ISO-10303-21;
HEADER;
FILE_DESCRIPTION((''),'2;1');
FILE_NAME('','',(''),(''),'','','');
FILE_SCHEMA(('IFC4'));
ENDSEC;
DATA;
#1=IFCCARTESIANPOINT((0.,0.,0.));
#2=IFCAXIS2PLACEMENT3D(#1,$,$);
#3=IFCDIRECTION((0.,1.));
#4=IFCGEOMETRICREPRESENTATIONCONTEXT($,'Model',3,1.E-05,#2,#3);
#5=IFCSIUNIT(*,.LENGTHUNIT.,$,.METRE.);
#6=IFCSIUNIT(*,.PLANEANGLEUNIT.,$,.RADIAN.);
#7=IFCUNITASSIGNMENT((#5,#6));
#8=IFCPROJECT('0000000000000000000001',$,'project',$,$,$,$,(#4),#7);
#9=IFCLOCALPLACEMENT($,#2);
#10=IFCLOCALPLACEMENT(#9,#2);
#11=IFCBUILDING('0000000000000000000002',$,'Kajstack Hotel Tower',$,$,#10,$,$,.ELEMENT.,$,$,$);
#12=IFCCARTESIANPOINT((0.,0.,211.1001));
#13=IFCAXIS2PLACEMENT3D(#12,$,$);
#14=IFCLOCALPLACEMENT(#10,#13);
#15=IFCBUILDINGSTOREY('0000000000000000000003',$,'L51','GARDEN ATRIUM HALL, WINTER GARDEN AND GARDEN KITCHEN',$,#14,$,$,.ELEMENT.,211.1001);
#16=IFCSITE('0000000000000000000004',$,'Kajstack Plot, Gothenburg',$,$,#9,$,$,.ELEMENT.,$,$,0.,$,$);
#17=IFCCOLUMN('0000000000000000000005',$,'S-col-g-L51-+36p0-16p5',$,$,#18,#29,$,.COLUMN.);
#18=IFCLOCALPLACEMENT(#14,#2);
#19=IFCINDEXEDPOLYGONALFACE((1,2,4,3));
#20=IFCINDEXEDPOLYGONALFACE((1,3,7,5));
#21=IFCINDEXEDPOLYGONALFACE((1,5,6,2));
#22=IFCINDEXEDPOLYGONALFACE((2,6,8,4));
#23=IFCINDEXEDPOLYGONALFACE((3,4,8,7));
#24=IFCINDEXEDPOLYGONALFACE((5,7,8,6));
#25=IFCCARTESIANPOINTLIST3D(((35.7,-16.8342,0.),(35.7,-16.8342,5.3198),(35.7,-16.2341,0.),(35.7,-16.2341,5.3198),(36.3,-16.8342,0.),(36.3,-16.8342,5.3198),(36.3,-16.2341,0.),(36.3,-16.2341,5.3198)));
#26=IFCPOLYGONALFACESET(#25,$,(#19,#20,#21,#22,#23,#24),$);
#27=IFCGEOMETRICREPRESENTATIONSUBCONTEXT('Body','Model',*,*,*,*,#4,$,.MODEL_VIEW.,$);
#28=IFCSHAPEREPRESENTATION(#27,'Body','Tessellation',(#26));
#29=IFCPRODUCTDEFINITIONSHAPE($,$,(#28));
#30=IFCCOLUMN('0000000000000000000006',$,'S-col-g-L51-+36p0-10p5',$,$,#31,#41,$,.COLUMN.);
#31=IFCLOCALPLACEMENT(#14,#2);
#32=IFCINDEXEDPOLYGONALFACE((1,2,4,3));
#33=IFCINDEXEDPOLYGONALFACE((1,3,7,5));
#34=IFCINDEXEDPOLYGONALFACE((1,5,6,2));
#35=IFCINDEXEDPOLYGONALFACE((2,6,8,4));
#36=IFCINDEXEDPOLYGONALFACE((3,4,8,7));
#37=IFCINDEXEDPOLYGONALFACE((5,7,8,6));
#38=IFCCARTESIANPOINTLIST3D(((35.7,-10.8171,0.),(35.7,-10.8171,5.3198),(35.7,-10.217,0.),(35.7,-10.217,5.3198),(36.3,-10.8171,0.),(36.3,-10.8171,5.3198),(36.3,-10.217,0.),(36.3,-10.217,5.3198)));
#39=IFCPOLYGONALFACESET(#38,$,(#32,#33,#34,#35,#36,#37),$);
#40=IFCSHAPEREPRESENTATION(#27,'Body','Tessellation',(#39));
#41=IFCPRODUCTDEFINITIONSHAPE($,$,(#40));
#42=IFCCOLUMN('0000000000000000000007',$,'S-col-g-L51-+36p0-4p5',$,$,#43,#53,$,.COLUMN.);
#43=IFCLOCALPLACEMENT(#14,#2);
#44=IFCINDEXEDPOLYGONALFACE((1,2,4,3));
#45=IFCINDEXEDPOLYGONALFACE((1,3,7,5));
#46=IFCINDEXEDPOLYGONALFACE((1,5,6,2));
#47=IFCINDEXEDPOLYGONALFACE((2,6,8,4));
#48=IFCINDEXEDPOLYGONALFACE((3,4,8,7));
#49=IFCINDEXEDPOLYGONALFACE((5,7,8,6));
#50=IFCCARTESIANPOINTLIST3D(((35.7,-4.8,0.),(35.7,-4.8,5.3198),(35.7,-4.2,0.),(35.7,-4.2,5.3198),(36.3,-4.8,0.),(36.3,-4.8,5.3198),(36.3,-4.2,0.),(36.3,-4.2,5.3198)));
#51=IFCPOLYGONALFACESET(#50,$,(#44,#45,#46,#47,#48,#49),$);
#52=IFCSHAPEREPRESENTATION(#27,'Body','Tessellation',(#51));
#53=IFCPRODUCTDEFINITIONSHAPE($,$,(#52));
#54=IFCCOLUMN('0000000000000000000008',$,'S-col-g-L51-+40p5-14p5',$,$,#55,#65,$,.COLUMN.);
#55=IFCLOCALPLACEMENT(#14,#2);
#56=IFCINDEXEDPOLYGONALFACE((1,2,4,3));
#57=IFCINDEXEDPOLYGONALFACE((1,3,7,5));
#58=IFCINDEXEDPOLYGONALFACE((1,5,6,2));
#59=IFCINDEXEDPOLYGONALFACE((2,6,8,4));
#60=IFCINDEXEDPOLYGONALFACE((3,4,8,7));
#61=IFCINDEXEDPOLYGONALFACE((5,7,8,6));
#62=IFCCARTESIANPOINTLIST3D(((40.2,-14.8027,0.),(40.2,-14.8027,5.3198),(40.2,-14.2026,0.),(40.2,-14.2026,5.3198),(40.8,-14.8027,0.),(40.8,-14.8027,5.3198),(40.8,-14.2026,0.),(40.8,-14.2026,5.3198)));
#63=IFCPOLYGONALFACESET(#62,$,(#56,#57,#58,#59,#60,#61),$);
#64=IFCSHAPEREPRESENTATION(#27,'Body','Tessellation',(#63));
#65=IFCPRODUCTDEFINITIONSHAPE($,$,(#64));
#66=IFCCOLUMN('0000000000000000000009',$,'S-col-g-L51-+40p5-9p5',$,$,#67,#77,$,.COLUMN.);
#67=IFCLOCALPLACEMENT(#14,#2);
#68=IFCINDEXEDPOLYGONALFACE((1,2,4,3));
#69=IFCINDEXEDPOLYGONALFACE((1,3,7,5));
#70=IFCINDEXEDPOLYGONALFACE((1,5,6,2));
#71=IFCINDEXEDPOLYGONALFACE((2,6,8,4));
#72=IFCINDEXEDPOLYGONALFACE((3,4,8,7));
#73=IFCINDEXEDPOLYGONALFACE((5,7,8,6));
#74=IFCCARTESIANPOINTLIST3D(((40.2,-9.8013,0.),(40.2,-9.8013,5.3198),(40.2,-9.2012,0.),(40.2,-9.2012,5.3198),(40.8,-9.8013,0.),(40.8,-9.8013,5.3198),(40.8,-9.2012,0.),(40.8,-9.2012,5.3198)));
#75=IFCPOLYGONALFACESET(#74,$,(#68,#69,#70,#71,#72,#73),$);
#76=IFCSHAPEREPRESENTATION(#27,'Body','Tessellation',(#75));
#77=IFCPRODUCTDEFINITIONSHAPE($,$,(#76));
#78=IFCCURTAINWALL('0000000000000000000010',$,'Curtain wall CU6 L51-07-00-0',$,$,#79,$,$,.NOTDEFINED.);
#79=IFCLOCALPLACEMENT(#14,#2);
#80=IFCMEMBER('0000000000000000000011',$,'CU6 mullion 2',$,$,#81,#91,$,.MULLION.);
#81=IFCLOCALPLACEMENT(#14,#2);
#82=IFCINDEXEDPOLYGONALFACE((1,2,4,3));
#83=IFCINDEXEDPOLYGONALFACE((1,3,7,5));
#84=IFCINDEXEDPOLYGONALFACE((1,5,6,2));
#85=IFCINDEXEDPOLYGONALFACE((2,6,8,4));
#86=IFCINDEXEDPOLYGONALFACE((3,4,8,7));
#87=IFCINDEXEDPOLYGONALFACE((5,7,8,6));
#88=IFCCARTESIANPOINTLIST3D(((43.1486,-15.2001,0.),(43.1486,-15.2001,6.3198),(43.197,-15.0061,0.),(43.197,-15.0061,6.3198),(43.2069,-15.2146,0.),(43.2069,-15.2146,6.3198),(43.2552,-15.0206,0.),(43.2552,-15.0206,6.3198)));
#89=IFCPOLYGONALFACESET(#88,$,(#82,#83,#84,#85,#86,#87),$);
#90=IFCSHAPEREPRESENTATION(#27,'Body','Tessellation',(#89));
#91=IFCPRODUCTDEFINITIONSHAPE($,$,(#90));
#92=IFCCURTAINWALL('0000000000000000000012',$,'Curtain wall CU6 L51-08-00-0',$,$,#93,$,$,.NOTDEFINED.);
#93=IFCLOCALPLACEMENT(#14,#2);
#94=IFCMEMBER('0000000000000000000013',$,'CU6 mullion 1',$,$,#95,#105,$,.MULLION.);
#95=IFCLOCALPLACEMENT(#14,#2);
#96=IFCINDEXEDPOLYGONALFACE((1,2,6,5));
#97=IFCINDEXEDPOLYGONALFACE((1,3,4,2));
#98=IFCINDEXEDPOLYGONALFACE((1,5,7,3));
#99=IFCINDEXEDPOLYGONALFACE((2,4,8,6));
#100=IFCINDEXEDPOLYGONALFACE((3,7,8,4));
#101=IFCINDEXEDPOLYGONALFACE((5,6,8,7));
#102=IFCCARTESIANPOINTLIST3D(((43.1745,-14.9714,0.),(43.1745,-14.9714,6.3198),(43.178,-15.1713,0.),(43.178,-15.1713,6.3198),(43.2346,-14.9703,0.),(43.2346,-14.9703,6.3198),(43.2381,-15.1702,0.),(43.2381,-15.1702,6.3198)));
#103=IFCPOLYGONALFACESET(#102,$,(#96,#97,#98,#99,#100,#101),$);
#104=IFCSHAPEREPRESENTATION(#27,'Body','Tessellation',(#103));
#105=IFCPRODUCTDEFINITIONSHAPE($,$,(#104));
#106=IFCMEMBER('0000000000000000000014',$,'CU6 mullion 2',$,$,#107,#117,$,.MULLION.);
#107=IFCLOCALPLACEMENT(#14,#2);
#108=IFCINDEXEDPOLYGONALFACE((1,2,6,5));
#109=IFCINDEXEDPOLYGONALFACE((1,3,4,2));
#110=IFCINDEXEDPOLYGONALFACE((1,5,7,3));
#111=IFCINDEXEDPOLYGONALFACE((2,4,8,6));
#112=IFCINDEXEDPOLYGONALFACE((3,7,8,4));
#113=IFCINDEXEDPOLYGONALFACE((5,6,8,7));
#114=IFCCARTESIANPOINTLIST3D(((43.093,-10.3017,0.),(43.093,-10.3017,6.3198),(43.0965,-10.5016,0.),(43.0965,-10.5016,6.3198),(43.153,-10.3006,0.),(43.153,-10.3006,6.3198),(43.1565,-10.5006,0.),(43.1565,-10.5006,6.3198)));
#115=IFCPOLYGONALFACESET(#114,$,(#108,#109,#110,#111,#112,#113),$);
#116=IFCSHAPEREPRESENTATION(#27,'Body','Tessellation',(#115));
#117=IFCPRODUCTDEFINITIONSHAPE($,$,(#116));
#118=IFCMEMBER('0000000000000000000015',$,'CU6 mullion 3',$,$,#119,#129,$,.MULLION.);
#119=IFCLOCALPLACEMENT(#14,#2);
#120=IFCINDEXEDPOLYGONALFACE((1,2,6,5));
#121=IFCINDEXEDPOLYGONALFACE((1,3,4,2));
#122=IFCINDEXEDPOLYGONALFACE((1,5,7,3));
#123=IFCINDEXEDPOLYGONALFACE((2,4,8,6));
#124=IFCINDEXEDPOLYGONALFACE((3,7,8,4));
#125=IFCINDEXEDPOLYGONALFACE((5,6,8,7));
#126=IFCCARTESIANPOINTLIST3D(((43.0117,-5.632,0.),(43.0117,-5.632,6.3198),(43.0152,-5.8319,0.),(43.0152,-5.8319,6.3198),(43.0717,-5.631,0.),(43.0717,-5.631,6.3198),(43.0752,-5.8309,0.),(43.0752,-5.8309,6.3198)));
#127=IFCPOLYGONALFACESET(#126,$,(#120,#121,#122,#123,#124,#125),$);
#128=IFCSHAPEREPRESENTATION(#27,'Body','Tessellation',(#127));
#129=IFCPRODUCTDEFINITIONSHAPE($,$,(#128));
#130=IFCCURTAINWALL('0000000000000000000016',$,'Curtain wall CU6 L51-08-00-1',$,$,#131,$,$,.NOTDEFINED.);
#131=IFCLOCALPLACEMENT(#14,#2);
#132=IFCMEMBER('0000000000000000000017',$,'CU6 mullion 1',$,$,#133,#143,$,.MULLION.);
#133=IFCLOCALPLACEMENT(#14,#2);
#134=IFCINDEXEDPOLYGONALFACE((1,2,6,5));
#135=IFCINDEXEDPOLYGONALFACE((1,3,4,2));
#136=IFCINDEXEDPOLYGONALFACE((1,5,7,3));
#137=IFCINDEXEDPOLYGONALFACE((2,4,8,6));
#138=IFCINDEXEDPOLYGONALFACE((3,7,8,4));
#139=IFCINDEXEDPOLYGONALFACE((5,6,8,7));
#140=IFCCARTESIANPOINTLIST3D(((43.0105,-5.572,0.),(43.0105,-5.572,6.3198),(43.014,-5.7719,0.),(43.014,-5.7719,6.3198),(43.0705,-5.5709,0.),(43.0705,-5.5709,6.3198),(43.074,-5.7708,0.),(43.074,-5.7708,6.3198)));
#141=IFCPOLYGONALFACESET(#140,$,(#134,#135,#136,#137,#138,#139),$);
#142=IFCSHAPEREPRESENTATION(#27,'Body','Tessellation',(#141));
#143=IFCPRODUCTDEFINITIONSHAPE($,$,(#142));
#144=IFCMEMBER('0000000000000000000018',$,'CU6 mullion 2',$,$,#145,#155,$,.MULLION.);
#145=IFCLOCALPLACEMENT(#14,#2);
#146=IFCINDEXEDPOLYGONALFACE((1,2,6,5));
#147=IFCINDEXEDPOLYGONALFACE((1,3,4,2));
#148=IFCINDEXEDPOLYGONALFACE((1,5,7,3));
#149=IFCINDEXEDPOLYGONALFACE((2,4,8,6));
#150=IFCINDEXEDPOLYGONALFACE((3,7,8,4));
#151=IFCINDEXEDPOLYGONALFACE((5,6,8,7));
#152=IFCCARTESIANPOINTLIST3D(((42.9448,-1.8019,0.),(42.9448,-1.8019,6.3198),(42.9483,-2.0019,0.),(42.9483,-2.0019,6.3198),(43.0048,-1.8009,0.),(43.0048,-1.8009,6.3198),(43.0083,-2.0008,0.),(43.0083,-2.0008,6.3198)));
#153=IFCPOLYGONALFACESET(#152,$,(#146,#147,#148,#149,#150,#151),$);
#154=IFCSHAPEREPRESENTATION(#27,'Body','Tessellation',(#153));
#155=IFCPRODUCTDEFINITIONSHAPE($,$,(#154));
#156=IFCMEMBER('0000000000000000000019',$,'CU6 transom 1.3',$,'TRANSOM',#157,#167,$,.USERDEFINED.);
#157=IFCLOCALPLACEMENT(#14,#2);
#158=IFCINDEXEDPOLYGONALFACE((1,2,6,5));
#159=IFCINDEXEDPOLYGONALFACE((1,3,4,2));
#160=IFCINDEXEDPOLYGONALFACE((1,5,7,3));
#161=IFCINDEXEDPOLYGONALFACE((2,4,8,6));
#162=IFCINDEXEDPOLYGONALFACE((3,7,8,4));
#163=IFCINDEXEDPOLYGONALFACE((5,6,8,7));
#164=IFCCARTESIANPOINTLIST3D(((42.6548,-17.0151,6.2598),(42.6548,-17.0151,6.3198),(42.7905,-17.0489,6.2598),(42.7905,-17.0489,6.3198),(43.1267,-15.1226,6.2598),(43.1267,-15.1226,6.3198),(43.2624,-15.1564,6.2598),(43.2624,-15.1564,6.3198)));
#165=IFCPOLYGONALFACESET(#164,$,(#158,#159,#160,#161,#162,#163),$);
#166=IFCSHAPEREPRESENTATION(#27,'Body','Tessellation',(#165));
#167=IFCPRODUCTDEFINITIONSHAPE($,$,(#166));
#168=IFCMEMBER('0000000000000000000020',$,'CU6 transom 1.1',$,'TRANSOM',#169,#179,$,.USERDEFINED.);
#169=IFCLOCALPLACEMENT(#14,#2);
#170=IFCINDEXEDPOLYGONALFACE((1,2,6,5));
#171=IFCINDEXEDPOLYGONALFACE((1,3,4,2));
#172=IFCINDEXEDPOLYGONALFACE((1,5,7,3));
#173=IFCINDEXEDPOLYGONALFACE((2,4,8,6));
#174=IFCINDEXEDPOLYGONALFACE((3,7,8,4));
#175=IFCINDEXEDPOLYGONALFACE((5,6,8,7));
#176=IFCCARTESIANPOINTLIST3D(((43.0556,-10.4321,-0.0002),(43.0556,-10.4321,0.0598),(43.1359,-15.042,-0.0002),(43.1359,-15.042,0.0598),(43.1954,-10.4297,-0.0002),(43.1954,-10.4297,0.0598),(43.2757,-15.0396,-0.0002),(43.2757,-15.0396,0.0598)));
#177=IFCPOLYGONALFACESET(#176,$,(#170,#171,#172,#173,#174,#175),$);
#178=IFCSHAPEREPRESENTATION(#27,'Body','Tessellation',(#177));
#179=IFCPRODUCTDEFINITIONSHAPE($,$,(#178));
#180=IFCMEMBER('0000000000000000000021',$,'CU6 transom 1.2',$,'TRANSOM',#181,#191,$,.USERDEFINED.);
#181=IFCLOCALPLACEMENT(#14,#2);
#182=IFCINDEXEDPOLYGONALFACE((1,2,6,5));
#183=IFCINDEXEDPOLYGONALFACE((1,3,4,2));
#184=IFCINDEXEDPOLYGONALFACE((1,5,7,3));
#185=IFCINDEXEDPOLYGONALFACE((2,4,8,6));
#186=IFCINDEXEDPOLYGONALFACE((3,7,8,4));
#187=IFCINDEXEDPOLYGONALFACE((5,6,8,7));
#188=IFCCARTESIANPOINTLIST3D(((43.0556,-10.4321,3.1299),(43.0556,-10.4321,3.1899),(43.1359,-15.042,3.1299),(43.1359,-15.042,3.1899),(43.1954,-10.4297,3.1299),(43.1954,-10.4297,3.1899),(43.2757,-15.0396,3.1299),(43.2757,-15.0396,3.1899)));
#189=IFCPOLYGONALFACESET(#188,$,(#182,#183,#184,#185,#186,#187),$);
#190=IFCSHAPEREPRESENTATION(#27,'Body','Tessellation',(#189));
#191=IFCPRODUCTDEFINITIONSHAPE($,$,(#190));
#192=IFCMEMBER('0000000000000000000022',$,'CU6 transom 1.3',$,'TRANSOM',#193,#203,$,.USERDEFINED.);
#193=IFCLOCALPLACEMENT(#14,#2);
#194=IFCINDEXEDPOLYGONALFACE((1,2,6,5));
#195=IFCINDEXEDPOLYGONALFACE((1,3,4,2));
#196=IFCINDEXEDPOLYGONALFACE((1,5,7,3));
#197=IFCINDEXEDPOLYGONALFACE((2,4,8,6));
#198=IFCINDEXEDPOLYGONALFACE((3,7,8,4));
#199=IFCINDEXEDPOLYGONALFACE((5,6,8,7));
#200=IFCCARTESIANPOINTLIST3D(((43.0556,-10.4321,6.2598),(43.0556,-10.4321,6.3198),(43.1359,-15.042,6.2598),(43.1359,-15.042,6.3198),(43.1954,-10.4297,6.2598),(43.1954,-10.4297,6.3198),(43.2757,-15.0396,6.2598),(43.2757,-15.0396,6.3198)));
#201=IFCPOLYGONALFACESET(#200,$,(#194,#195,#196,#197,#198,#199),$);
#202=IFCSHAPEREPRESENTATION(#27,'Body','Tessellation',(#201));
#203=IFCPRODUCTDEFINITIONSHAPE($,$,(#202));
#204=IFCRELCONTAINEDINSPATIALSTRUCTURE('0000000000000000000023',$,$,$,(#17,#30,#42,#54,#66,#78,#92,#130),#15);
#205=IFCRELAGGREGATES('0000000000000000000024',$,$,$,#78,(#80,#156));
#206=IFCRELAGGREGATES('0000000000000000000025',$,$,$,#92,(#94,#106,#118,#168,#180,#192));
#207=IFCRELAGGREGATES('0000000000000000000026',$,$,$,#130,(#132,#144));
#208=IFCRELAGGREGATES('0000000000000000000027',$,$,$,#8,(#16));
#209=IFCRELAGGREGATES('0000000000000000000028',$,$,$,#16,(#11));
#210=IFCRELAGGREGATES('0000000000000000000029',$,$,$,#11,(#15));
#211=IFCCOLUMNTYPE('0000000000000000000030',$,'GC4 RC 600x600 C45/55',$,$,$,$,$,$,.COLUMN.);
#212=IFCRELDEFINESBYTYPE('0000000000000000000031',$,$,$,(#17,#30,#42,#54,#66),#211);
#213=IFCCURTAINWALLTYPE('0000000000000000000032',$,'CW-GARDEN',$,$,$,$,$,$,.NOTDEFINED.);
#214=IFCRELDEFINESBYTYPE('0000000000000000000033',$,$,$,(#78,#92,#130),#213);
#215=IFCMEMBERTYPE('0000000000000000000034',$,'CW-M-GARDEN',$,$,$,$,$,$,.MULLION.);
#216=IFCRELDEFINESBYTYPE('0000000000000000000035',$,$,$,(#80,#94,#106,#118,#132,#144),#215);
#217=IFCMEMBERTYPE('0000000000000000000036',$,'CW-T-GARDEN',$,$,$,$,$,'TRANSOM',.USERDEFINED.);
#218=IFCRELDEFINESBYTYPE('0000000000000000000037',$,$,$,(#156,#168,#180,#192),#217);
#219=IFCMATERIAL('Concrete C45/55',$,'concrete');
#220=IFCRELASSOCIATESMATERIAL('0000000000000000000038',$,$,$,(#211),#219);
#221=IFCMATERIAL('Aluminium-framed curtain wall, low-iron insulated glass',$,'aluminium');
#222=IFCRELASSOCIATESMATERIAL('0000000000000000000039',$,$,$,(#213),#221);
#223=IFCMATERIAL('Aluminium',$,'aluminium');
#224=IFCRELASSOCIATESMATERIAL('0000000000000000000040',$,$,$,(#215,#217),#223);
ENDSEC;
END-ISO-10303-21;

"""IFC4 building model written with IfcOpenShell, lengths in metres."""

from ifc_helpers import new_model, si_unit, direction, frame, origin, origin_2d, place, context, subcontext, project, spatial, rectangle, extrude, material, material_profile, profile_set, type_object, element, aggregate, save


model = new_model("IFC4")

# Units and contexts
model_context = context("Model", 3, precision=1e-05, world=origin(), true_north=direction((0.0, 1.0)))
body_context = subcontext(model_context, "Body", "Model", "MODEL_VIEW")
ifc_project = project(units=[si_unit("LENGTHUNIT", "METRE"), si_unit("PLANEANGLEUNIT", "RADIAN")], contexts=[model_context])

# Site, building, storey
site_placement = place(None, origin())
site = spatial("IfcSite", under=ifc_project, at=site_placement, Name="Kajstack Plot, Gothenburg", CompositionType="ELEMENT", RefElevation=0.0)
building_placement = place(site_placement, origin())
building = spatial("IfcBuilding", under=site, at=building_placement, Name="Kajstack Hotel Tower", CompositionType="ELEMENT")
storey_placement = place(building_placement, frame((0.0, 0.0, 211.1001)))
storey = spatial("IfcBuildingStorey", under=building, at=storey_placement, Name="L51", Description="GARDEN ATRIUM HALL, WINTER GARDEN AND GARDEN KITCHEN", CompositionType="ELEMENT", Elevation=211.1001)

# Columns
ifc_material_1 = material(Name="Concrete C45/55", Category="concrete")
ifc_material_profile_1 = material_profile(ifc_material_1, rectangle(XDim=0.6001, YDim=0.6001, at=origin_2d()), Name="RC 600x600")
ifc_profile_set_1 = profile_set([ifc_material_profile_1], Name="Concrete C45/55")
column_type = type_object("IfcColumnType", Name="GC4 RC 600x600 C45/55", PredefinedType="COLUMN", material=ifc_profile_set_1)
for number, where, z_axis, x_axis, name in (
    (1, (36.0, -16.5342, 0.0), (0.0, 0.0, 1.0), (1.0, 0.0, 0.0), "S-col-g-L51-+36p0-16p5"),
    (2, (36.0, -10.5171, 0.0), (0.0, 0.0, 1.0), (1.0, 0.0, 0.0), "S-col-g-L51-+36p0-10p5"),
    (3, (36.0, -4.5, 0.0), (0.0, 0.0, 1.0), (1.0, 0.0, 0.0), "S-col-g-L51-+36p0-4p5"),
    (4, (40.5, -14.5027, 0.0), (0.0, 0.0, 1.0), (1.0, 0.0, 0.0), "S-col-g-L51-+40p5-14p5"),
    (5, (40.5, -9.5012, 0.0), (0.0, 0.0, 1.0), (1.0, 0.0, 0.0), "S-col-g-L51-+40p5-9p5"),
):
    element("IfcColumn", number, at=place(storey_placement, frame(where, z_axis=z_axis, x_axis=x_axis)), inside=storey, type_object=column_type, Name=name, PredefinedType="COLUMN", context=body_context, shape_type="SweptSolid", body=[
        extrude(rectangle(XDim=0.6001, YDim=0.6001, at=origin_2d()), origin(), (0.0, 0.0, 1.0), 5.3198),
    ])

# Curtain wall, member
ifc_material_2 = material(Name="Aluminium-framed curtain wall, low-iron insulated glass", Category="aluminium")
curtain_wall_type = type_object("IfcCurtainWallType", Name="CW-GARDEN", PredefinedType="NOTDEFINED", material=ifc_material_2)
curtain_wall_1_placement = place(storey_placement, origin())
curtain_wall_1 = element("IfcCurtainWall", 6, at=curtain_wall_1_placement, inside=storey, type_object=curtain_wall_type, Name="Curtain wall CU6 L51-07-00-0", PredefinedType="NOTDEFINED")
ifc_material_3 = material(Name="Aluminium", Category="aluminium")
ifc_material_profile_2 = material_profile(ifc_material_3, rectangle(XDim=0.0601, YDim=0.2, at=origin_2d()), Name="Aluminium mullion 60 x 200")
ifc_profile_set_2 = profile_set([ifc_material_profile_2], Name="Aluminium")
member_type_1 = type_object("IfcMemberType", Name="CW-M-GARDEN", PredefinedType="MULLION", material=ifc_profile_set_2)
member_1_placement = place(storey_placement, frame((43.2019, -15.1104, 0.0), z_axis=(0.0, 0.0, 1.0), x_axis=(-0.970296, 0.241922, 0.0)))
member_1 = element("IfcMember", 7, at=member_1_placement, type_object=member_type_1, Name="CU6 mullion 2", PredefinedType="MULLION", context=body_context, shape_type="SweptSolid", body=[
    extrude(rectangle(XDim=0.0601, YDim=0.2, at=origin_2d()), origin(), (0.0, 0.0, 1.0), 6.3198),
])

# Curtain walls, members
curtain_wall_2_placement = place(storey_placement, origin())
curtain_wall_2 = element("IfcCurtainWall", 8, at=curtain_wall_2_placement, inside=storey, type_object=curtain_wall_type, Name="Curtain wall CU6 L51-08-00-0", PredefinedType="NOTDEFINED")
member_2_placement = place(storey_placement, frame((43.2063, -15.0708, 0.0), z_axis=(0.0, 0.0, 1.0), x_axis=(-0.999848, -0.017454, 0.0)))
member_2 = element("IfcMember", 9, at=member_2_placement, type_object=member_type_1, Name="CU6 mullion 1", PredefinedType="MULLION", context=body_context, shape_type="SweptSolid", body=[
    extrude(rectangle(XDim=0.0601, YDim=0.2, at=origin_2d()), origin(), (0.0, 0.0, 1.0), 6.3198),
])
member_3_placement = place(storey_placement, frame((43.1248, -10.4011, 0.0), z_axis=(0.0, 0.0, 1.0), x_axis=(-0.999848, -0.017454, 0.0)))
member_3 = element("IfcMember", 10, at=member_3_placement, type_object=member_type_1, Name="CU6 mullion 2", PredefinedType="MULLION", context=body_context, shape_type="SweptSolid", body=[
    extrude(rectangle(XDim=0.0601, YDim=0.2, at=origin_2d()), origin(), (0.0, 0.0, 1.0), 6.3198),
])
member_4_placement = place(storey_placement, frame((43.0435, -5.7314, 0.0), z_axis=(0.0, 0.0, 1.0), x_axis=(-0.999848, -0.017454, 0.0)))
member_4 = element("IfcMember", 11, at=member_4_placement, type_object=member_type_1, Name="CU6 mullion 3", PredefinedType="MULLION", context=body_context, shape_type="SweptSolid", body=[
    extrude(rectangle(XDim=0.0601, YDim=0.2, at=origin_2d()), origin(), (0.0, 0.0, 1.0), 6.3198),
])
curtain_wall_3_placement = place(storey_placement, origin())
curtain_wall_3 = element("IfcCurtainWall", 12, at=curtain_wall_3_placement, inside=storey, type_object=curtain_wall_type, Name="Curtain wall CU6 L51-08-00-1", PredefinedType="NOTDEFINED")
member_5_placement = place(storey_placement, frame((43.0422, -5.6714, 0.0), z_axis=(0.0, 0.0, 1.0), x_axis=(-0.999848, -0.017455, 0.0)))
member_5 = element("IfcMember", 13, at=member_5_placement, type_object=member_type_1, Name="CU6 mullion 1", PredefinedType="MULLION", context=body_context, shape_type="SweptSolid", body=[
    extrude(rectangle(XDim=0.0601, YDim=0.2, at=origin_2d()), origin(), (0.0, 0.0, 1.0), 6.3198),
])
member_6_placement = place(storey_placement, frame((42.9766, -1.9014, 0.0), z_axis=(0.0, 0.0, 1.0), x_axis=(-0.999848, -0.017455, 0.0)))
member_6 = element("IfcMember", 14, at=member_6_placement, type_object=member_type_1, Name="CU6 mullion 2", PredefinedType="MULLION", context=body_context, shape_type="SweptSolid", body=[
    extrude(rectangle(XDim=0.0601, YDim=0.2, at=origin_2d()), origin(), (0.0, 0.0, 1.0), 6.3198),
])

# Members
ifc_material_profile_3 = material_profile(ifc_material_3, rectangle(XDim=0.1399, YDim=0.0601, at=origin_2d()), Name="Aluminium transom 140 x 60")
ifc_profile_set_3 = profile_set([ifc_material_profile_3], Name="Aluminium")
member_type_2 = type_object("IfcMemberType", Name="CW-T-GARDEN", ElementType="TRANSOM", PredefinedType="USERDEFINED", material=ifc_profile_set_3)
member_7_placement = place(storey_placement, frame((42.7227, -17.032, 6.2898), z_axis=(0.241947, 0.97029, 0.0), x_axis=(-0.97029, 0.241947, 0.0)))
member_7 = element("IfcMember", 15, at=member_7_placement, type_object=member_type_2, Name="CU6 transom 1.3", ObjectType="TRANSOM", PredefinedType="USERDEFINED", context=body_context, shape_type="SweptSolid", body=[
    extrude(rectangle(XDim=0.1399, YDim=0.0601, at=origin_2d()), origin(), (0.0, 0.0, 1.0), 1.9504),
])
member_8_placement = place(storey_placement, frame((43.2058, -15.0408, 0.0298), z_axis=(-0.017421, 0.999848, 0.0), x_axis=(-0.999848, -0.017421, 0.0)))
member_8 = element("IfcMember", 16, at=member_8_placement, type_object=member_type_2, Name="CU6 transom 1.1", ObjectType="TRANSOM", PredefinedType="USERDEFINED", context=body_context, shape_type="SweptSolid", body=[
    extrude(rectangle(XDim=0.1399, YDim=0.0601, at=origin_2d()), origin(), (0.0, 0.0, 1.0), 4.6106),
])
member_9_placement = place(storey_placement, frame((43.2058, -15.0408, 3.1599), z_axis=(-0.017421, 0.999848, 0.0), x_axis=(-0.999848, -0.017421, 0.0)))
member_9 = element("IfcMember", 17, at=member_9_placement, type_object=member_type_2, Name="CU6 transom 1.2", ObjectType="TRANSOM", PredefinedType="USERDEFINED", context=body_context, shape_type="SweptSolid", body=[
    extrude(rectangle(XDim=0.1399, YDim=0.0601, at=origin_2d()), origin(), (0.0, 0.0, 1.0), 4.6106),
])
member_10_placement = place(storey_placement, frame((43.2058, -15.0408, 6.2898), z_axis=(-0.017421, 0.999848, 0.0), x_axis=(-0.999848, -0.017421, 0.0)))
member_10 = element("IfcMember", 18, at=member_10_placement, type_object=member_type_2, Name="CU6 transom 1.3", ObjectType="TRANSOM", PredefinedType="USERDEFINED", context=body_context, shape_type="SweptSolid", body=[
    extrude(rectangle(XDim=0.1399, YDim=0.0601, at=origin_2d()), origin(), (0.0, 0.0, 1.0), 4.6106),
])

aggregate(curtain_wall_1, [member_1, member_7])
aggregate(curtain_wall_2, [member_2, member_3, member_4, member_8, member_9, member_10])
aggregate(curtain_wall_3, [member_5, member_6])

save(model, "model.ifc")
